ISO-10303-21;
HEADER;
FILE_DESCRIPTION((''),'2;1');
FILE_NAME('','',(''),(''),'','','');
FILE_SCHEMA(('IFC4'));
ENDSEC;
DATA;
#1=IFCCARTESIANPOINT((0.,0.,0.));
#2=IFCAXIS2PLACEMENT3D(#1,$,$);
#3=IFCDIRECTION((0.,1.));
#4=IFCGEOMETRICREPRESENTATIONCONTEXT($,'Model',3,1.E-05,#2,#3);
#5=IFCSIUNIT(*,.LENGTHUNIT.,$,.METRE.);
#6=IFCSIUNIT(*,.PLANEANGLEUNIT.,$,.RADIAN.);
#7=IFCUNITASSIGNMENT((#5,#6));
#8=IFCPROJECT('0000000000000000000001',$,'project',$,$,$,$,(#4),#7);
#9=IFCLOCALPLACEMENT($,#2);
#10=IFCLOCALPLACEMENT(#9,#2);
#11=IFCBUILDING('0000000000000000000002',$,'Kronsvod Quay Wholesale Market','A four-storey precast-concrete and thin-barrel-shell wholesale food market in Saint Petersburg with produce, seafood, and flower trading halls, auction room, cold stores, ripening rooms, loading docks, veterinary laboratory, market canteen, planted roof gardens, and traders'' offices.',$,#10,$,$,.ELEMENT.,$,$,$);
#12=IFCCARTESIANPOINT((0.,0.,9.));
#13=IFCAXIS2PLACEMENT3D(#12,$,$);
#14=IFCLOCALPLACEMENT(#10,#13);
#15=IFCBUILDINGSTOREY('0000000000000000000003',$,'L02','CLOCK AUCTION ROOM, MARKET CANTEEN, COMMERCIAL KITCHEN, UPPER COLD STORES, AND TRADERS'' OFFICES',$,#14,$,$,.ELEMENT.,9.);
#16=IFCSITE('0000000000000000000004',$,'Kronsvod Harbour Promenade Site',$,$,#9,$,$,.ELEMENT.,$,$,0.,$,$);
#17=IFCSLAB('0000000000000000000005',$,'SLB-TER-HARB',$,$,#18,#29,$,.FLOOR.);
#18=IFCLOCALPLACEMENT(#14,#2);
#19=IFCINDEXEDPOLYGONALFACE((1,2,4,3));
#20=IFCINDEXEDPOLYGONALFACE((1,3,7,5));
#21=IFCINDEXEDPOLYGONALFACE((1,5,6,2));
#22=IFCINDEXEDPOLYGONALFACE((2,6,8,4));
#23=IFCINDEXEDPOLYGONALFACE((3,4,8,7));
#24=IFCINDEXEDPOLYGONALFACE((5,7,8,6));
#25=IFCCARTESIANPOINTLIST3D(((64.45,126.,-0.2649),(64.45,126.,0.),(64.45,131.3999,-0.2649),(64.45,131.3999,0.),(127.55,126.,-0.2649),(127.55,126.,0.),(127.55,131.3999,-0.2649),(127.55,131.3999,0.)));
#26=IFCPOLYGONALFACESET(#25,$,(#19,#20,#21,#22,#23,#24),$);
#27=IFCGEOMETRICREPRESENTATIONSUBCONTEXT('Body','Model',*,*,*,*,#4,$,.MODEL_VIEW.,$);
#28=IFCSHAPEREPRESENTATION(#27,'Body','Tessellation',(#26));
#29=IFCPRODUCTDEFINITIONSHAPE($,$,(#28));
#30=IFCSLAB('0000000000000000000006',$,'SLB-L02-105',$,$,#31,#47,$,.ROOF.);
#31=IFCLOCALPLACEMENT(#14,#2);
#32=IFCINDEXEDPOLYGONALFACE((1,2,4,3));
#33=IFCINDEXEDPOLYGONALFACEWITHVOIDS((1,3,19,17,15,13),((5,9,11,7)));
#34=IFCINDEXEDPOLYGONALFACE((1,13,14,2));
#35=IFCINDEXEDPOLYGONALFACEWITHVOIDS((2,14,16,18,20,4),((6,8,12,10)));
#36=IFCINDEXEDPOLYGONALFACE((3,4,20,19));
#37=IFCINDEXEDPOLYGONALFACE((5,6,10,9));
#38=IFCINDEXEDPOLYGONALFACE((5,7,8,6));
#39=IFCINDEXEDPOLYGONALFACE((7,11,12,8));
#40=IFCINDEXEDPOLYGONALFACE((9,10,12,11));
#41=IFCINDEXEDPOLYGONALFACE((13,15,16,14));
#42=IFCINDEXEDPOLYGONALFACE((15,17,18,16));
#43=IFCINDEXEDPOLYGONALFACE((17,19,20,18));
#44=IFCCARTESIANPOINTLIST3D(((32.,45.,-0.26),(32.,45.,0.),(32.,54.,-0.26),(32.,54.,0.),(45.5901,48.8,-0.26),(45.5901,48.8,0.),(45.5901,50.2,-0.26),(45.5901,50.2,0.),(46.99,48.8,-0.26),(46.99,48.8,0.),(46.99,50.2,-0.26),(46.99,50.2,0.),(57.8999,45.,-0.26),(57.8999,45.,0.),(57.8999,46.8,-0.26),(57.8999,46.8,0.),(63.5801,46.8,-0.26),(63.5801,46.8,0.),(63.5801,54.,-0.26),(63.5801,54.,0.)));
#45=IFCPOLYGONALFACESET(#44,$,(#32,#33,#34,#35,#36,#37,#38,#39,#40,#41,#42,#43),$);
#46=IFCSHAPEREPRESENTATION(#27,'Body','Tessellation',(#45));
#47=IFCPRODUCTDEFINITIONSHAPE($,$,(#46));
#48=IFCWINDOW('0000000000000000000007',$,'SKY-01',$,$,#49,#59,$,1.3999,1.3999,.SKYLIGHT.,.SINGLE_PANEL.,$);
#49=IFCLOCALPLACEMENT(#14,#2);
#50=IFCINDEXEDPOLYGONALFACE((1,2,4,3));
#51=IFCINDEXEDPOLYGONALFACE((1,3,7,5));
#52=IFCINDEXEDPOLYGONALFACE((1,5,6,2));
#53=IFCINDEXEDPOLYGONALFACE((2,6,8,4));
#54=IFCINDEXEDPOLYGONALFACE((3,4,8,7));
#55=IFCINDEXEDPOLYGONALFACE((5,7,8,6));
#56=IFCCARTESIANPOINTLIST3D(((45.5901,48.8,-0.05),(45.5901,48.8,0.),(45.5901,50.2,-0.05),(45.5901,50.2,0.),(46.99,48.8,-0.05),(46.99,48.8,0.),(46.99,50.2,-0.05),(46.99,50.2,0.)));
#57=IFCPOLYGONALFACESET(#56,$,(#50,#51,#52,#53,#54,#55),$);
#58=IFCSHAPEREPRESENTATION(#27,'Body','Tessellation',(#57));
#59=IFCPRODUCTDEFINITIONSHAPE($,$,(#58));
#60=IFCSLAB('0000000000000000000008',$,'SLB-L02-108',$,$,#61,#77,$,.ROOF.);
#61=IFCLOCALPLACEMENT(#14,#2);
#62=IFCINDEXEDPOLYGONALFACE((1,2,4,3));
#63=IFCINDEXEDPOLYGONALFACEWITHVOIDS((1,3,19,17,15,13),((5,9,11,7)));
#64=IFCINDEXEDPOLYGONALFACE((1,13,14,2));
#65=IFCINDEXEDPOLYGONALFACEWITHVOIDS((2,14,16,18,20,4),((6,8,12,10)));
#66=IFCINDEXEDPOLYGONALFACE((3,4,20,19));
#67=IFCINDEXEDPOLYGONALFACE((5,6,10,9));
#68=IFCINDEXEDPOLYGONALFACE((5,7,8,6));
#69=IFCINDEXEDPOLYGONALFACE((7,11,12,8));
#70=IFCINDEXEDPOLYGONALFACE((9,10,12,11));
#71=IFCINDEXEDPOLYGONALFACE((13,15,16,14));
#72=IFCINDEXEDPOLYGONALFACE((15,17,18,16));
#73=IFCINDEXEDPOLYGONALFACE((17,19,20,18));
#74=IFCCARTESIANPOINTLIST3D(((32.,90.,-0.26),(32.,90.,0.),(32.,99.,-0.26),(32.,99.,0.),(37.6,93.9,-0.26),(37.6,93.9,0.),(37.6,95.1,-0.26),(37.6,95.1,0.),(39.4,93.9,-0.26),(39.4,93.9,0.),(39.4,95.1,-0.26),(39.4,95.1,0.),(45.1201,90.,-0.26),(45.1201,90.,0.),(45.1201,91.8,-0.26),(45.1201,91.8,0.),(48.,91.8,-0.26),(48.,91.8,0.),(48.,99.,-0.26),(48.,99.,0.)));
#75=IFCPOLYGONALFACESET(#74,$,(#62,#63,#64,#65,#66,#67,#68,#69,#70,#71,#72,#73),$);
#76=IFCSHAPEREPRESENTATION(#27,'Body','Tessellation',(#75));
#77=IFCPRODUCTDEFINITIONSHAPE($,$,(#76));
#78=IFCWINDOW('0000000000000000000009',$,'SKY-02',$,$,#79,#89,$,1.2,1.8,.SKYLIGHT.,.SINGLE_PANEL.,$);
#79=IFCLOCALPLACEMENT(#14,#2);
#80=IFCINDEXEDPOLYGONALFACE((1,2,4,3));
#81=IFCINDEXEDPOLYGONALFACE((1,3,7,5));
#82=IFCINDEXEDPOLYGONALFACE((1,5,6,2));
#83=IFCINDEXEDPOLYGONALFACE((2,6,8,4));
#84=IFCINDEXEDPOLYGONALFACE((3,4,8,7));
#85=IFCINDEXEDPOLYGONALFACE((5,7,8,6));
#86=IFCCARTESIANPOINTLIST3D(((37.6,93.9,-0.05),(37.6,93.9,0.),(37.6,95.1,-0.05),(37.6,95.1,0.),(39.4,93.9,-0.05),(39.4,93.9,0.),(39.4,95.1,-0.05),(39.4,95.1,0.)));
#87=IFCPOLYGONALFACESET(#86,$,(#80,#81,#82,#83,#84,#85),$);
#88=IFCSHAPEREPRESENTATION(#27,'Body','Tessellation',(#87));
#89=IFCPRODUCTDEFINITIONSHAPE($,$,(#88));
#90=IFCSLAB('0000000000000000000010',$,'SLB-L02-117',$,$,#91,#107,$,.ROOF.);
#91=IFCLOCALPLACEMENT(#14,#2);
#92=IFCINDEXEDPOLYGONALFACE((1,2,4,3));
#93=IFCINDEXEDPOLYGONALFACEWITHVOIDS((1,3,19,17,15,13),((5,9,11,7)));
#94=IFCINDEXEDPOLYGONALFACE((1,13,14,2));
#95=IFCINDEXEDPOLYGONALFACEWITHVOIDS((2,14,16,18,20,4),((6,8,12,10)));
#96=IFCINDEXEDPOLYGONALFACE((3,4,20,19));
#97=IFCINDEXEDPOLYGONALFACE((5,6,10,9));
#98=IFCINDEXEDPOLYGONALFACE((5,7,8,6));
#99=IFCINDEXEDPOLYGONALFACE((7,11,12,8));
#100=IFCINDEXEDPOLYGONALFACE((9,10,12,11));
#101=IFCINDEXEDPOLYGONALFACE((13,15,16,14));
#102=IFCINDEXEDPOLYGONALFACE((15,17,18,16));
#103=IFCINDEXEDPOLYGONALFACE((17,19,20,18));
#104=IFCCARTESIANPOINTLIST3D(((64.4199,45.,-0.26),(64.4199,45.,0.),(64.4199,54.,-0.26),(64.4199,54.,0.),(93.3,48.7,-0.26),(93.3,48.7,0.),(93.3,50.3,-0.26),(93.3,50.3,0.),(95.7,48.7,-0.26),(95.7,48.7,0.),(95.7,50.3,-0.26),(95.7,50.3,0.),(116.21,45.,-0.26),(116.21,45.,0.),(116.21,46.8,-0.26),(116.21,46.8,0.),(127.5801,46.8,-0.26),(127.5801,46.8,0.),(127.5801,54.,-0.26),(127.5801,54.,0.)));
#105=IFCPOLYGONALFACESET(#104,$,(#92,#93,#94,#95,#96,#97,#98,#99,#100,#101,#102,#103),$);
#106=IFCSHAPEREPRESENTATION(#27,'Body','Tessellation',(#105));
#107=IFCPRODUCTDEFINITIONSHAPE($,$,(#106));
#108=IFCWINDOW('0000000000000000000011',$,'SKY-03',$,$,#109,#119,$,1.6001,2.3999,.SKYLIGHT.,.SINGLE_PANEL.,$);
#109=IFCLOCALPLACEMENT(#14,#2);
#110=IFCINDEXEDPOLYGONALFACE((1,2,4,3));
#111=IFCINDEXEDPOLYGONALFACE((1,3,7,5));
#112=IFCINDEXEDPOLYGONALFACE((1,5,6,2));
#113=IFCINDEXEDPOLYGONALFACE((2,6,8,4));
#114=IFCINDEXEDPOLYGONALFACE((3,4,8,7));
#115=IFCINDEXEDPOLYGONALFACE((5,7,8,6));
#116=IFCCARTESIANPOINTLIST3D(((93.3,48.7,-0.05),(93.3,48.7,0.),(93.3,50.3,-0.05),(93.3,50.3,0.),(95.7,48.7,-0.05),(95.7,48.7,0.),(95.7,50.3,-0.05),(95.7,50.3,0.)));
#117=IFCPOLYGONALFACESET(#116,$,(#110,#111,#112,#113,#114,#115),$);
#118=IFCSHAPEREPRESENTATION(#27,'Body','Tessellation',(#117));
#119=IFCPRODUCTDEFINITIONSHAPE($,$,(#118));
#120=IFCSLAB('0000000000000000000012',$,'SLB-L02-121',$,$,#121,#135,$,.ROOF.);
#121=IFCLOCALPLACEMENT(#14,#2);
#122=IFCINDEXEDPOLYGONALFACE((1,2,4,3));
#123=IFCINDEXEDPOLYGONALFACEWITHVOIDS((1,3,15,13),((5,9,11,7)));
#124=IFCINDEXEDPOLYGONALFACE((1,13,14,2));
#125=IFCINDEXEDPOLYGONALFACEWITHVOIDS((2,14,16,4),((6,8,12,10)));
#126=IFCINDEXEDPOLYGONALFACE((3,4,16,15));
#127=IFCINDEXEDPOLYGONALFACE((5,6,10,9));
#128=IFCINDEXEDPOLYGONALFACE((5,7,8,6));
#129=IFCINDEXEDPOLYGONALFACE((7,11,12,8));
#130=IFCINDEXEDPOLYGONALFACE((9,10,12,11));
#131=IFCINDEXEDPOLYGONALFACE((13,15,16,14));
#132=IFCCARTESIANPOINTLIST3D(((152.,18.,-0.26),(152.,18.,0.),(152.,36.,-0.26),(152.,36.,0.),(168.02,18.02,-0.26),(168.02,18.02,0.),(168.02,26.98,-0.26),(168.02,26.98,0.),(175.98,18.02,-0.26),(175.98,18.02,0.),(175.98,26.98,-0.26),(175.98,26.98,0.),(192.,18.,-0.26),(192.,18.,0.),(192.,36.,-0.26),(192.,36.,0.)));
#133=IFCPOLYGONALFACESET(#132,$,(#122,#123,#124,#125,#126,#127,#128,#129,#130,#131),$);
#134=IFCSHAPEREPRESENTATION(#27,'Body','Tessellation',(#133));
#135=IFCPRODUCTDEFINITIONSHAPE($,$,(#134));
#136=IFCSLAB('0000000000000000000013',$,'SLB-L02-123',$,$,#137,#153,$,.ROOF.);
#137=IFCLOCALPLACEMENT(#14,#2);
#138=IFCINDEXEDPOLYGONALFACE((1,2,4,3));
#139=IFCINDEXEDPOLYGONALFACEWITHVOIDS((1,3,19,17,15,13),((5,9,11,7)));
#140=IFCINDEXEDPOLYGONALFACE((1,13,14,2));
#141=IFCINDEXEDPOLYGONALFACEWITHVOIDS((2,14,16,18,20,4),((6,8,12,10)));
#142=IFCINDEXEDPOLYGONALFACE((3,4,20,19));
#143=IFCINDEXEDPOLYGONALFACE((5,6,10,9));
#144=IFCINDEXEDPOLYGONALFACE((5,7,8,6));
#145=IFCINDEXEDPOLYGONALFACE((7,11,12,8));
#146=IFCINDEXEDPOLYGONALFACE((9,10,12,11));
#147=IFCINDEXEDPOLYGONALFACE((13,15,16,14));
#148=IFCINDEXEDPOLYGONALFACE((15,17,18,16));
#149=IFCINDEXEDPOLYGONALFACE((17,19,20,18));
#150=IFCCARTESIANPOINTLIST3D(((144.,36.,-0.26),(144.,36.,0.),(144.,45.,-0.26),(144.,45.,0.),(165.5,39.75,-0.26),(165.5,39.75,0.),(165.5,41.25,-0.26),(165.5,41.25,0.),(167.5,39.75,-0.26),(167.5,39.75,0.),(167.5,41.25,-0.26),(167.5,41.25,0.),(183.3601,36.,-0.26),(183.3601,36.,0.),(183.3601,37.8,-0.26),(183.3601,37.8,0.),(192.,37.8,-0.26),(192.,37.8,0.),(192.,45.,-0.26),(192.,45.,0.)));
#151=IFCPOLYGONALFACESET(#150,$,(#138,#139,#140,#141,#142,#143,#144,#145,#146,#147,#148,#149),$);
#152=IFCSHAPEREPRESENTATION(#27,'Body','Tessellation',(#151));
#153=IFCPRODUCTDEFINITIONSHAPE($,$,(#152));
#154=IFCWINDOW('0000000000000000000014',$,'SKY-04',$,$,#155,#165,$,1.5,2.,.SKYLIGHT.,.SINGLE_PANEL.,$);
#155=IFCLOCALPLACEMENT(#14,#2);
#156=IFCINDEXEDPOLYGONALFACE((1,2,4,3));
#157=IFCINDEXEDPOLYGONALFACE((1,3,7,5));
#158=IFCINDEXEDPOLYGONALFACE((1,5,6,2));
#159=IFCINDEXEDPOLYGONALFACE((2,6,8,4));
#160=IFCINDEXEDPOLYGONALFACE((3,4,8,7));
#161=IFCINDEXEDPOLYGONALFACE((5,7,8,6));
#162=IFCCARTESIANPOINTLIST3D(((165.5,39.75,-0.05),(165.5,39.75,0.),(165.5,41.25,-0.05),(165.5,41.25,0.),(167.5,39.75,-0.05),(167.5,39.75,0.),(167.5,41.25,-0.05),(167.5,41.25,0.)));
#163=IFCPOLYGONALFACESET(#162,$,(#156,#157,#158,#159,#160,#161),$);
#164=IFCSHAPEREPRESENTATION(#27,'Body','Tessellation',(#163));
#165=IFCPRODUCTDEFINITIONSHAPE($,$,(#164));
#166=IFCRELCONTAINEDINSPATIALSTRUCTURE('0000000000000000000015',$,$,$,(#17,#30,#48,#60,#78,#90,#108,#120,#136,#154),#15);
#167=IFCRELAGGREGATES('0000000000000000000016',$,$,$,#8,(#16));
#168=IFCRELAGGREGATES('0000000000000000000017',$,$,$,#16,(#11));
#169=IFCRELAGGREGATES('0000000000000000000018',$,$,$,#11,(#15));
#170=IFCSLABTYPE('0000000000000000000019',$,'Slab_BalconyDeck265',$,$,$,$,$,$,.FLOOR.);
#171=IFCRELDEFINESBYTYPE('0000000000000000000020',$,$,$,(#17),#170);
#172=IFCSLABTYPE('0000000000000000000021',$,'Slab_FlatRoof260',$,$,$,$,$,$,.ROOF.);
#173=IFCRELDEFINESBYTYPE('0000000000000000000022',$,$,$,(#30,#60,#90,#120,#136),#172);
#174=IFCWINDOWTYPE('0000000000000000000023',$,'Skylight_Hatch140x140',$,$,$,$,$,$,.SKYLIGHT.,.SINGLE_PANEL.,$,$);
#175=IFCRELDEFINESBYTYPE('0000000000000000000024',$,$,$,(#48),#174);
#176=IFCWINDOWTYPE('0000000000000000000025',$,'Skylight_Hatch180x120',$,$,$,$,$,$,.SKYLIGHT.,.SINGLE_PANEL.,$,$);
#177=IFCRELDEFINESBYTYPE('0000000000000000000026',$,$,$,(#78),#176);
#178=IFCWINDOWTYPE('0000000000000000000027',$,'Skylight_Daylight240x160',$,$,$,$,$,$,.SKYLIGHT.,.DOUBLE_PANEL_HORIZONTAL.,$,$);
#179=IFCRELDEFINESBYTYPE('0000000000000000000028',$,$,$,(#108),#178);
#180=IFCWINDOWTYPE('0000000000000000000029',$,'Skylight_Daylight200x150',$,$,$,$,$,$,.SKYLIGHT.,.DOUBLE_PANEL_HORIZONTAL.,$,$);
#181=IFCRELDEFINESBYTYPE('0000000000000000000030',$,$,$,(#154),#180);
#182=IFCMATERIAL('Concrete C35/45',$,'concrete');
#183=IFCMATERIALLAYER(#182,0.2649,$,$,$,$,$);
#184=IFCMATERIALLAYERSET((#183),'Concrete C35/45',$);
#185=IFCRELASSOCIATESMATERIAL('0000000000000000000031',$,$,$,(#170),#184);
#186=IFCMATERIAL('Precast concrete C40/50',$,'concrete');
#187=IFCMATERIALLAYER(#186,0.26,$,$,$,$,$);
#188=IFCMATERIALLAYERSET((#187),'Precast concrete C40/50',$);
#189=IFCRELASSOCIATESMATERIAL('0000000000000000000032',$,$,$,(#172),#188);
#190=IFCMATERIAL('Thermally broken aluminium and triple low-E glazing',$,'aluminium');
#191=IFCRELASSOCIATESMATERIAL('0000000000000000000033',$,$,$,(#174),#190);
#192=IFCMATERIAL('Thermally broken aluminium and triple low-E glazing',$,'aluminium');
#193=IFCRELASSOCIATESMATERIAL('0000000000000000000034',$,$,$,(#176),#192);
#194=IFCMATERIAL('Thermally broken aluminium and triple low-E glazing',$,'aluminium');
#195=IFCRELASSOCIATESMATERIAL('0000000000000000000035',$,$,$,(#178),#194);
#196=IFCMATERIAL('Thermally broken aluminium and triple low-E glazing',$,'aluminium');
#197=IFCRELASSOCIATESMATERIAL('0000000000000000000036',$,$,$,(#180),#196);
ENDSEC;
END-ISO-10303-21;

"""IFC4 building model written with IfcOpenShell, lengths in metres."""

from ifc_helpers import new_model, si_unit, direction, frame, origin, origin_2d, place, context, subcontext, project, spatial, polyline, rectangle, outline, extrude, material, layer, layer_set, type_object, element, fill, save


model = new_model("IFC4")

# Units and contexts
model_context = context("Model", 3, precision=1e-05, world=origin(), true_north=direction((0.0, 1.0)))
body_context = subcontext(model_context, "Body", "Model", "MODEL_VIEW")
ifc_project = project(units=[si_unit("LENGTHUNIT", "METRE"), si_unit("PLANEANGLEUNIT", "RADIAN")], contexts=[model_context])

# Site, building, storey
site_placement = place(None, origin())
site = spatial("IfcSite", under=ifc_project, at=site_placement, Name="Kronsvod Harbour Promenade Site", CompositionType="ELEMENT", RefElevation=0.0)
building_placement = place(site_placement, origin())
building = spatial("IfcBuilding", under=site, at=building_placement, Name="Kronsvod Quay Wholesale Market", Description="A four-storey precast-concrete and thin-barrel-shell wholesale food market in Saint Petersburg with produce, seafood, and flower trading halls, auction room, cold stores, ripening rooms, loading docks, veterinary laboratory, market canteen, planted roof gardens, and traders' offices.", CompositionType="ELEMENT")
storey_placement = place(building_placement, frame((0.0, 0.0, 9.0)))
storey = spatial("IfcBuildingStorey", under=building, at=storey_placement, Name="L02", Description="CLOCK AUCTION ROOM, MARKET CANTEEN, COMMERCIAL KITCHEN, UPPER COLD STORES, AND TRADERS' OFFICES", CompositionType="ELEMENT", Elevation=9.0)

# Slab
ifc_material_1 = material(Name="Concrete C35/45", Category="concrete")
ifc_layer_1 = layer(ifc_material_1, 0.2649)
ifc_layer_set_1 = layer_set([ifc_layer_1], Name="Concrete C35/45")
slab_type_1 = type_object("IfcSlabType", Name="Slab_BalconyDeck265", PredefinedType="FLOOR", material=ifc_layer_set_1)
slab_1_placement = place(storey_placement, frame((0.0, 0.0, -0.2649)))
element("IfcSlab", 1, at=slab_1_placement, inside=storey, type_object=slab_type_1, Name="SLB-TER-HARB", PredefinedType="FLOOR", context=body_context, shape_type="SweptSolid", body=[
    extrude(outline(polyline([(64.45, 126.0), (127.55, 126.0), (127.55, 131.3999), (64.45, 131.3999), (64.45, 126.0)])), origin(), (0.0, 0.0, 1.0), 0.2649),
])

# Slabs, openings, windows
ifc_material_2 = material(Name="Precast concrete C40/50", Category="concrete")
ifc_layer_2 = layer(ifc_material_2, 0.26)
ifc_layer_set_2 = layer_set([ifc_layer_2], Name="Precast concrete C40/50")
slab_type_2 = type_object("IfcSlabType", Name="Slab_FlatRoof260", PredefinedType="ROOF", material=ifc_layer_set_2)
slab_2_placement = place(storey_placement, frame((0.0, 0.0, -0.26)))
slab_2 = element("IfcSlab", 2, at=slab_2_placement, inside=storey, type_object=slab_type_2, Name="SLB-L02-105", PredefinedType="ROOF", context=body_context, shape_type="SweptSolid", body=[
    extrude(outline(polyline([(32.0, 45.0), (57.8999, 45.0), (57.8999, 46.8), (63.5801, 46.8), (63.5801, 54.0), (32.0, 54.0), (32.0, 45.0)])), origin(), (0.0, 0.0, 1.0), 0.26),
])
opening_1_placement = place(slab_2_placement, frame((46.29, 49.5, 0.0)))
opening_1 = element("IfcOpeningElement", 3, at=opening_1_placement, cuts=slab_2, PredefinedType="OPENING", context=body_context, shape_type="SweptSolid", body=[
    extrude(rectangle(XDim=1.3999, YDim=1.3999, at=origin_2d()), frame((0.0, 0.0, -0.01)), (0.0, 0.0, 1.0), 0.28),
])
ifc_material_3 = material(Name="Thermally broken aluminium and triple low-E glazing", Category="aluminium")
window_type_1 = type_object("IfcWindowType", Name="Skylight_Hatch140x140", PartitioningType="SINGLE_PANEL", PredefinedType="SKYLIGHT", material=ifc_material_3)
window_1_placement = place(opening_1_placement, frame((0.0, 0.0, 0.21)))
window_1 = element("IfcWindow", 4, at=window_1_placement, inside=storey, type_object=window_type_1, Name="SKY-01", OverallHeight=1.3999, OverallWidth=1.3999, PartitioningType="SINGLE_PANEL", PredefinedType="SKYLIGHT", context=body_context, shape_type="SweptSolid", body=[
    extrude(rectangle(XDim=1.3999, YDim=1.3999, at=origin_2d()), origin(), (0.0, 0.0, 1.0), 0.05),
])
fill(opening_1, window_1)
slab_3_placement = place(storey_placement, frame((0.0, 0.0, -0.26)))
slab_3 = element("IfcSlab", 5, at=slab_3_placement, inside=storey, type_object=slab_type_2, Name="SLB-L02-108", PredefinedType="ROOF", context=body_context, shape_type="SweptSolid", body=[
    extrude(outline(polyline([(32.0, 90.0), (45.1201, 90.0), (45.1201, 91.8), (48.0, 91.8), (48.0, 99.0), (32.0, 99.0), (32.0, 90.0)])), origin(), (0.0, 0.0, 1.0), 0.26),
])
opening_2_placement = place(slab_3_placement, frame((38.5, 94.5, 0.0)))
opening_2 = element("IfcOpeningElement", 6, at=opening_2_placement, cuts=slab_3, PredefinedType="OPENING", context=body_context, shape_type="SweptSolid", body=[
    extrude(rectangle(XDim=1.8, YDim=1.2, at=origin_2d()), frame((0.0, 0.0, -0.01)), (0.0, 0.0, 1.0), 0.28),
])
ifc_material_4 = material(Name="Thermally broken aluminium and triple low-E glazing", Category="aluminium")
window_type_2 = type_object("IfcWindowType", Name="Skylight_Hatch180x120", PartitioningType="SINGLE_PANEL", PredefinedType="SKYLIGHT", material=ifc_material_4)
window_2_placement = place(opening_2_placement, frame((0.0, 0.0, 0.21)))
window_2 = element("IfcWindow", 7, at=window_2_placement, inside=storey, type_object=window_type_2, Name="SKY-02", OverallHeight=1.2, OverallWidth=1.8, PartitioningType="SINGLE_PANEL", PredefinedType="SKYLIGHT", context=body_context, shape_type="SweptSolid", body=[
    extrude(rectangle(XDim=1.8, YDim=1.2, at=origin_2d()), origin(), (0.0, 0.0, 1.0), 0.05),
])
fill(opening_2, window_2)
slab_4_placement = place(storey_placement, frame((0.0, 0.0, -0.26)))
slab_4 = element("IfcSlab", 8, at=slab_4_placement, inside=storey, type_object=slab_type_2, Name="SLB-L02-117", PredefinedType="ROOF", context=body_context, shape_type="SweptSolid", body=[
    extrude(outline(polyline([(64.4199, 45.0), (116.21, 45.0), (116.21, 46.8), (127.5801, 46.8), (127.5801, 54.0), (64.4199, 54.0), (64.4199, 45.0)])), origin(), (0.0, 0.0, 1.0), 0.26),
])
opening_3_placement = place(slab_4_placement, frame((94.5, 49.5, 0.0)))
opening_3 = element("IfcOpeningElement", 9, at=opening_3_placement, cuts=slab_4, PredefinedType="OPENING", context=body_context, shape_type="SweptSolid", body=[
    extrude(rectangle(XDim=2.3999, YDim=1.6001, at=origin_2d()), frame((0.0, 0.0, -0.01)), (0.0, 0.0, 1.0), 0.28),
])
ifc_material_5 = material(Name="Thermally broken aluminium and triple low-E glazing", Category="aluminium")
window_type_3 = type_object("IfcWindowType", Name="Skylight_Daylight240x160", PartitioningType="DOUBLE_PANEL_HORIZONTAL", PredefinedType="SKYLIGHT", material=ifc_material_5)
window_3_placement = place(opening_3_placement, frame((0.0, 0.0, 0.21)))
window_3 = element("IfcWindow", 10, at=window_3_placement, inside=storey, type_object=window_type_3, Name="SKY-03", OverallHeight=1.6001, OverallWidth=2.3999, PartitioningType="SINGLE_PANEL", PredefinedType="SKYLIGHT", context=body_context, shape_type="SweptSolid", body=[
    extrude(rectangle(XDim=2.3999, YDim=1.6001, at=origin_2d()), origin(), (0.0, 0.0, 1.0), 0.05),
])
fill(opening_3, window_3)

# Slab
slab_5_placement = place(storey_placement, frame((0.0, 0.0, -0.26)))
element("IfcSlab", 11, at=slab_5_placement, inside=storey, type_object=slab_type_2, Name="SLB-L02-121", PredefinedType="ROOF", context=body_context, shape_type="SweptSolid", body=[
    extrude(outline(polyline([(152.0, 18.0), (192.0, 18.0), (192.0, 36.0), (152.0, 36.0), (152.0, 18.0)]), holes=[polyline([(168.02, 18.02), (175.98, 18.02), (175.98, 26.98), (168.02, 26.98), (168.02, 18.02)])]), origin(), (0.0, 0.0, 1.0), 0.26),
])

# Slab, opening, window
slab_6_placement = place(storey_placement, frame((0.0, 0.0, -0.26)))
slab_6 = element("IfcSlab", 12, at=slab_6_placement, inside=storey, type_object=slab_type_2, Name="SLB-L02-123", PredefinedType="ROOF", context=body_context, shape_type="SweptSolid", body=[
    extrude(outline(polyline([(144.0, 36.0), (183.3601, 36.0), (183.3601, 37.8), (192.0, 37.8), (192.0, 45.0), (144.0, 45.0), (144.0, 36.0)])), origin(), (0.0, 0.0, 1.0), 0.26),
])
opening_4_placement = place(slab_6_placement, frame((166.5, 40.5, 0.0)))
opening_4 = element("IfcOpeningElement", 13, at=opening_4_placement, cuts=slab_6, PredefinedType="OPENING", context=body_context, shape_type="SweptSolid", body=[
    extrude(rectangle(XDim=2.0, YDim=1.5, at=origin_2d()), frame((0.0, 0.0, -0.01)), (0.0, 0.0, 1.0), 0.28),
])
ifc_material_6 = material(Name="Thermally broken aluminium and triple low-E glazing", Category="aluminium")
window_type_4 = type_object("IfcWindowType", Name="Skylight_Daylight200x150", PartitioningType="DOUBLE_PANEL_HORIZONTAL", PredefinedType="SKYLIGHT", material=ifc_material_6)
window_4_placement = place(opening_4_placement, frame((0.0, 0.0, 0.21)))
window_4 = element("IfcWindow", 14, at=window_4_placement, inside=storey, type_object=window_type_4, Name="SKY-04", OverallHeight=1.5, OverallWidth=2.0, PartitioningType="SINGLE_PANEL", PredefinedType="SKYLIGHT", context=body_context, shape_type="SweptSolid", body=[
    extrude(rectangle(XDim=2.0, YDim=1.5, at=origin_2d()), origin(), (0.0, 0.0, 1.0), 0.05),
])
fill(opening_4, window_4)

save(model, "model.ifc")
